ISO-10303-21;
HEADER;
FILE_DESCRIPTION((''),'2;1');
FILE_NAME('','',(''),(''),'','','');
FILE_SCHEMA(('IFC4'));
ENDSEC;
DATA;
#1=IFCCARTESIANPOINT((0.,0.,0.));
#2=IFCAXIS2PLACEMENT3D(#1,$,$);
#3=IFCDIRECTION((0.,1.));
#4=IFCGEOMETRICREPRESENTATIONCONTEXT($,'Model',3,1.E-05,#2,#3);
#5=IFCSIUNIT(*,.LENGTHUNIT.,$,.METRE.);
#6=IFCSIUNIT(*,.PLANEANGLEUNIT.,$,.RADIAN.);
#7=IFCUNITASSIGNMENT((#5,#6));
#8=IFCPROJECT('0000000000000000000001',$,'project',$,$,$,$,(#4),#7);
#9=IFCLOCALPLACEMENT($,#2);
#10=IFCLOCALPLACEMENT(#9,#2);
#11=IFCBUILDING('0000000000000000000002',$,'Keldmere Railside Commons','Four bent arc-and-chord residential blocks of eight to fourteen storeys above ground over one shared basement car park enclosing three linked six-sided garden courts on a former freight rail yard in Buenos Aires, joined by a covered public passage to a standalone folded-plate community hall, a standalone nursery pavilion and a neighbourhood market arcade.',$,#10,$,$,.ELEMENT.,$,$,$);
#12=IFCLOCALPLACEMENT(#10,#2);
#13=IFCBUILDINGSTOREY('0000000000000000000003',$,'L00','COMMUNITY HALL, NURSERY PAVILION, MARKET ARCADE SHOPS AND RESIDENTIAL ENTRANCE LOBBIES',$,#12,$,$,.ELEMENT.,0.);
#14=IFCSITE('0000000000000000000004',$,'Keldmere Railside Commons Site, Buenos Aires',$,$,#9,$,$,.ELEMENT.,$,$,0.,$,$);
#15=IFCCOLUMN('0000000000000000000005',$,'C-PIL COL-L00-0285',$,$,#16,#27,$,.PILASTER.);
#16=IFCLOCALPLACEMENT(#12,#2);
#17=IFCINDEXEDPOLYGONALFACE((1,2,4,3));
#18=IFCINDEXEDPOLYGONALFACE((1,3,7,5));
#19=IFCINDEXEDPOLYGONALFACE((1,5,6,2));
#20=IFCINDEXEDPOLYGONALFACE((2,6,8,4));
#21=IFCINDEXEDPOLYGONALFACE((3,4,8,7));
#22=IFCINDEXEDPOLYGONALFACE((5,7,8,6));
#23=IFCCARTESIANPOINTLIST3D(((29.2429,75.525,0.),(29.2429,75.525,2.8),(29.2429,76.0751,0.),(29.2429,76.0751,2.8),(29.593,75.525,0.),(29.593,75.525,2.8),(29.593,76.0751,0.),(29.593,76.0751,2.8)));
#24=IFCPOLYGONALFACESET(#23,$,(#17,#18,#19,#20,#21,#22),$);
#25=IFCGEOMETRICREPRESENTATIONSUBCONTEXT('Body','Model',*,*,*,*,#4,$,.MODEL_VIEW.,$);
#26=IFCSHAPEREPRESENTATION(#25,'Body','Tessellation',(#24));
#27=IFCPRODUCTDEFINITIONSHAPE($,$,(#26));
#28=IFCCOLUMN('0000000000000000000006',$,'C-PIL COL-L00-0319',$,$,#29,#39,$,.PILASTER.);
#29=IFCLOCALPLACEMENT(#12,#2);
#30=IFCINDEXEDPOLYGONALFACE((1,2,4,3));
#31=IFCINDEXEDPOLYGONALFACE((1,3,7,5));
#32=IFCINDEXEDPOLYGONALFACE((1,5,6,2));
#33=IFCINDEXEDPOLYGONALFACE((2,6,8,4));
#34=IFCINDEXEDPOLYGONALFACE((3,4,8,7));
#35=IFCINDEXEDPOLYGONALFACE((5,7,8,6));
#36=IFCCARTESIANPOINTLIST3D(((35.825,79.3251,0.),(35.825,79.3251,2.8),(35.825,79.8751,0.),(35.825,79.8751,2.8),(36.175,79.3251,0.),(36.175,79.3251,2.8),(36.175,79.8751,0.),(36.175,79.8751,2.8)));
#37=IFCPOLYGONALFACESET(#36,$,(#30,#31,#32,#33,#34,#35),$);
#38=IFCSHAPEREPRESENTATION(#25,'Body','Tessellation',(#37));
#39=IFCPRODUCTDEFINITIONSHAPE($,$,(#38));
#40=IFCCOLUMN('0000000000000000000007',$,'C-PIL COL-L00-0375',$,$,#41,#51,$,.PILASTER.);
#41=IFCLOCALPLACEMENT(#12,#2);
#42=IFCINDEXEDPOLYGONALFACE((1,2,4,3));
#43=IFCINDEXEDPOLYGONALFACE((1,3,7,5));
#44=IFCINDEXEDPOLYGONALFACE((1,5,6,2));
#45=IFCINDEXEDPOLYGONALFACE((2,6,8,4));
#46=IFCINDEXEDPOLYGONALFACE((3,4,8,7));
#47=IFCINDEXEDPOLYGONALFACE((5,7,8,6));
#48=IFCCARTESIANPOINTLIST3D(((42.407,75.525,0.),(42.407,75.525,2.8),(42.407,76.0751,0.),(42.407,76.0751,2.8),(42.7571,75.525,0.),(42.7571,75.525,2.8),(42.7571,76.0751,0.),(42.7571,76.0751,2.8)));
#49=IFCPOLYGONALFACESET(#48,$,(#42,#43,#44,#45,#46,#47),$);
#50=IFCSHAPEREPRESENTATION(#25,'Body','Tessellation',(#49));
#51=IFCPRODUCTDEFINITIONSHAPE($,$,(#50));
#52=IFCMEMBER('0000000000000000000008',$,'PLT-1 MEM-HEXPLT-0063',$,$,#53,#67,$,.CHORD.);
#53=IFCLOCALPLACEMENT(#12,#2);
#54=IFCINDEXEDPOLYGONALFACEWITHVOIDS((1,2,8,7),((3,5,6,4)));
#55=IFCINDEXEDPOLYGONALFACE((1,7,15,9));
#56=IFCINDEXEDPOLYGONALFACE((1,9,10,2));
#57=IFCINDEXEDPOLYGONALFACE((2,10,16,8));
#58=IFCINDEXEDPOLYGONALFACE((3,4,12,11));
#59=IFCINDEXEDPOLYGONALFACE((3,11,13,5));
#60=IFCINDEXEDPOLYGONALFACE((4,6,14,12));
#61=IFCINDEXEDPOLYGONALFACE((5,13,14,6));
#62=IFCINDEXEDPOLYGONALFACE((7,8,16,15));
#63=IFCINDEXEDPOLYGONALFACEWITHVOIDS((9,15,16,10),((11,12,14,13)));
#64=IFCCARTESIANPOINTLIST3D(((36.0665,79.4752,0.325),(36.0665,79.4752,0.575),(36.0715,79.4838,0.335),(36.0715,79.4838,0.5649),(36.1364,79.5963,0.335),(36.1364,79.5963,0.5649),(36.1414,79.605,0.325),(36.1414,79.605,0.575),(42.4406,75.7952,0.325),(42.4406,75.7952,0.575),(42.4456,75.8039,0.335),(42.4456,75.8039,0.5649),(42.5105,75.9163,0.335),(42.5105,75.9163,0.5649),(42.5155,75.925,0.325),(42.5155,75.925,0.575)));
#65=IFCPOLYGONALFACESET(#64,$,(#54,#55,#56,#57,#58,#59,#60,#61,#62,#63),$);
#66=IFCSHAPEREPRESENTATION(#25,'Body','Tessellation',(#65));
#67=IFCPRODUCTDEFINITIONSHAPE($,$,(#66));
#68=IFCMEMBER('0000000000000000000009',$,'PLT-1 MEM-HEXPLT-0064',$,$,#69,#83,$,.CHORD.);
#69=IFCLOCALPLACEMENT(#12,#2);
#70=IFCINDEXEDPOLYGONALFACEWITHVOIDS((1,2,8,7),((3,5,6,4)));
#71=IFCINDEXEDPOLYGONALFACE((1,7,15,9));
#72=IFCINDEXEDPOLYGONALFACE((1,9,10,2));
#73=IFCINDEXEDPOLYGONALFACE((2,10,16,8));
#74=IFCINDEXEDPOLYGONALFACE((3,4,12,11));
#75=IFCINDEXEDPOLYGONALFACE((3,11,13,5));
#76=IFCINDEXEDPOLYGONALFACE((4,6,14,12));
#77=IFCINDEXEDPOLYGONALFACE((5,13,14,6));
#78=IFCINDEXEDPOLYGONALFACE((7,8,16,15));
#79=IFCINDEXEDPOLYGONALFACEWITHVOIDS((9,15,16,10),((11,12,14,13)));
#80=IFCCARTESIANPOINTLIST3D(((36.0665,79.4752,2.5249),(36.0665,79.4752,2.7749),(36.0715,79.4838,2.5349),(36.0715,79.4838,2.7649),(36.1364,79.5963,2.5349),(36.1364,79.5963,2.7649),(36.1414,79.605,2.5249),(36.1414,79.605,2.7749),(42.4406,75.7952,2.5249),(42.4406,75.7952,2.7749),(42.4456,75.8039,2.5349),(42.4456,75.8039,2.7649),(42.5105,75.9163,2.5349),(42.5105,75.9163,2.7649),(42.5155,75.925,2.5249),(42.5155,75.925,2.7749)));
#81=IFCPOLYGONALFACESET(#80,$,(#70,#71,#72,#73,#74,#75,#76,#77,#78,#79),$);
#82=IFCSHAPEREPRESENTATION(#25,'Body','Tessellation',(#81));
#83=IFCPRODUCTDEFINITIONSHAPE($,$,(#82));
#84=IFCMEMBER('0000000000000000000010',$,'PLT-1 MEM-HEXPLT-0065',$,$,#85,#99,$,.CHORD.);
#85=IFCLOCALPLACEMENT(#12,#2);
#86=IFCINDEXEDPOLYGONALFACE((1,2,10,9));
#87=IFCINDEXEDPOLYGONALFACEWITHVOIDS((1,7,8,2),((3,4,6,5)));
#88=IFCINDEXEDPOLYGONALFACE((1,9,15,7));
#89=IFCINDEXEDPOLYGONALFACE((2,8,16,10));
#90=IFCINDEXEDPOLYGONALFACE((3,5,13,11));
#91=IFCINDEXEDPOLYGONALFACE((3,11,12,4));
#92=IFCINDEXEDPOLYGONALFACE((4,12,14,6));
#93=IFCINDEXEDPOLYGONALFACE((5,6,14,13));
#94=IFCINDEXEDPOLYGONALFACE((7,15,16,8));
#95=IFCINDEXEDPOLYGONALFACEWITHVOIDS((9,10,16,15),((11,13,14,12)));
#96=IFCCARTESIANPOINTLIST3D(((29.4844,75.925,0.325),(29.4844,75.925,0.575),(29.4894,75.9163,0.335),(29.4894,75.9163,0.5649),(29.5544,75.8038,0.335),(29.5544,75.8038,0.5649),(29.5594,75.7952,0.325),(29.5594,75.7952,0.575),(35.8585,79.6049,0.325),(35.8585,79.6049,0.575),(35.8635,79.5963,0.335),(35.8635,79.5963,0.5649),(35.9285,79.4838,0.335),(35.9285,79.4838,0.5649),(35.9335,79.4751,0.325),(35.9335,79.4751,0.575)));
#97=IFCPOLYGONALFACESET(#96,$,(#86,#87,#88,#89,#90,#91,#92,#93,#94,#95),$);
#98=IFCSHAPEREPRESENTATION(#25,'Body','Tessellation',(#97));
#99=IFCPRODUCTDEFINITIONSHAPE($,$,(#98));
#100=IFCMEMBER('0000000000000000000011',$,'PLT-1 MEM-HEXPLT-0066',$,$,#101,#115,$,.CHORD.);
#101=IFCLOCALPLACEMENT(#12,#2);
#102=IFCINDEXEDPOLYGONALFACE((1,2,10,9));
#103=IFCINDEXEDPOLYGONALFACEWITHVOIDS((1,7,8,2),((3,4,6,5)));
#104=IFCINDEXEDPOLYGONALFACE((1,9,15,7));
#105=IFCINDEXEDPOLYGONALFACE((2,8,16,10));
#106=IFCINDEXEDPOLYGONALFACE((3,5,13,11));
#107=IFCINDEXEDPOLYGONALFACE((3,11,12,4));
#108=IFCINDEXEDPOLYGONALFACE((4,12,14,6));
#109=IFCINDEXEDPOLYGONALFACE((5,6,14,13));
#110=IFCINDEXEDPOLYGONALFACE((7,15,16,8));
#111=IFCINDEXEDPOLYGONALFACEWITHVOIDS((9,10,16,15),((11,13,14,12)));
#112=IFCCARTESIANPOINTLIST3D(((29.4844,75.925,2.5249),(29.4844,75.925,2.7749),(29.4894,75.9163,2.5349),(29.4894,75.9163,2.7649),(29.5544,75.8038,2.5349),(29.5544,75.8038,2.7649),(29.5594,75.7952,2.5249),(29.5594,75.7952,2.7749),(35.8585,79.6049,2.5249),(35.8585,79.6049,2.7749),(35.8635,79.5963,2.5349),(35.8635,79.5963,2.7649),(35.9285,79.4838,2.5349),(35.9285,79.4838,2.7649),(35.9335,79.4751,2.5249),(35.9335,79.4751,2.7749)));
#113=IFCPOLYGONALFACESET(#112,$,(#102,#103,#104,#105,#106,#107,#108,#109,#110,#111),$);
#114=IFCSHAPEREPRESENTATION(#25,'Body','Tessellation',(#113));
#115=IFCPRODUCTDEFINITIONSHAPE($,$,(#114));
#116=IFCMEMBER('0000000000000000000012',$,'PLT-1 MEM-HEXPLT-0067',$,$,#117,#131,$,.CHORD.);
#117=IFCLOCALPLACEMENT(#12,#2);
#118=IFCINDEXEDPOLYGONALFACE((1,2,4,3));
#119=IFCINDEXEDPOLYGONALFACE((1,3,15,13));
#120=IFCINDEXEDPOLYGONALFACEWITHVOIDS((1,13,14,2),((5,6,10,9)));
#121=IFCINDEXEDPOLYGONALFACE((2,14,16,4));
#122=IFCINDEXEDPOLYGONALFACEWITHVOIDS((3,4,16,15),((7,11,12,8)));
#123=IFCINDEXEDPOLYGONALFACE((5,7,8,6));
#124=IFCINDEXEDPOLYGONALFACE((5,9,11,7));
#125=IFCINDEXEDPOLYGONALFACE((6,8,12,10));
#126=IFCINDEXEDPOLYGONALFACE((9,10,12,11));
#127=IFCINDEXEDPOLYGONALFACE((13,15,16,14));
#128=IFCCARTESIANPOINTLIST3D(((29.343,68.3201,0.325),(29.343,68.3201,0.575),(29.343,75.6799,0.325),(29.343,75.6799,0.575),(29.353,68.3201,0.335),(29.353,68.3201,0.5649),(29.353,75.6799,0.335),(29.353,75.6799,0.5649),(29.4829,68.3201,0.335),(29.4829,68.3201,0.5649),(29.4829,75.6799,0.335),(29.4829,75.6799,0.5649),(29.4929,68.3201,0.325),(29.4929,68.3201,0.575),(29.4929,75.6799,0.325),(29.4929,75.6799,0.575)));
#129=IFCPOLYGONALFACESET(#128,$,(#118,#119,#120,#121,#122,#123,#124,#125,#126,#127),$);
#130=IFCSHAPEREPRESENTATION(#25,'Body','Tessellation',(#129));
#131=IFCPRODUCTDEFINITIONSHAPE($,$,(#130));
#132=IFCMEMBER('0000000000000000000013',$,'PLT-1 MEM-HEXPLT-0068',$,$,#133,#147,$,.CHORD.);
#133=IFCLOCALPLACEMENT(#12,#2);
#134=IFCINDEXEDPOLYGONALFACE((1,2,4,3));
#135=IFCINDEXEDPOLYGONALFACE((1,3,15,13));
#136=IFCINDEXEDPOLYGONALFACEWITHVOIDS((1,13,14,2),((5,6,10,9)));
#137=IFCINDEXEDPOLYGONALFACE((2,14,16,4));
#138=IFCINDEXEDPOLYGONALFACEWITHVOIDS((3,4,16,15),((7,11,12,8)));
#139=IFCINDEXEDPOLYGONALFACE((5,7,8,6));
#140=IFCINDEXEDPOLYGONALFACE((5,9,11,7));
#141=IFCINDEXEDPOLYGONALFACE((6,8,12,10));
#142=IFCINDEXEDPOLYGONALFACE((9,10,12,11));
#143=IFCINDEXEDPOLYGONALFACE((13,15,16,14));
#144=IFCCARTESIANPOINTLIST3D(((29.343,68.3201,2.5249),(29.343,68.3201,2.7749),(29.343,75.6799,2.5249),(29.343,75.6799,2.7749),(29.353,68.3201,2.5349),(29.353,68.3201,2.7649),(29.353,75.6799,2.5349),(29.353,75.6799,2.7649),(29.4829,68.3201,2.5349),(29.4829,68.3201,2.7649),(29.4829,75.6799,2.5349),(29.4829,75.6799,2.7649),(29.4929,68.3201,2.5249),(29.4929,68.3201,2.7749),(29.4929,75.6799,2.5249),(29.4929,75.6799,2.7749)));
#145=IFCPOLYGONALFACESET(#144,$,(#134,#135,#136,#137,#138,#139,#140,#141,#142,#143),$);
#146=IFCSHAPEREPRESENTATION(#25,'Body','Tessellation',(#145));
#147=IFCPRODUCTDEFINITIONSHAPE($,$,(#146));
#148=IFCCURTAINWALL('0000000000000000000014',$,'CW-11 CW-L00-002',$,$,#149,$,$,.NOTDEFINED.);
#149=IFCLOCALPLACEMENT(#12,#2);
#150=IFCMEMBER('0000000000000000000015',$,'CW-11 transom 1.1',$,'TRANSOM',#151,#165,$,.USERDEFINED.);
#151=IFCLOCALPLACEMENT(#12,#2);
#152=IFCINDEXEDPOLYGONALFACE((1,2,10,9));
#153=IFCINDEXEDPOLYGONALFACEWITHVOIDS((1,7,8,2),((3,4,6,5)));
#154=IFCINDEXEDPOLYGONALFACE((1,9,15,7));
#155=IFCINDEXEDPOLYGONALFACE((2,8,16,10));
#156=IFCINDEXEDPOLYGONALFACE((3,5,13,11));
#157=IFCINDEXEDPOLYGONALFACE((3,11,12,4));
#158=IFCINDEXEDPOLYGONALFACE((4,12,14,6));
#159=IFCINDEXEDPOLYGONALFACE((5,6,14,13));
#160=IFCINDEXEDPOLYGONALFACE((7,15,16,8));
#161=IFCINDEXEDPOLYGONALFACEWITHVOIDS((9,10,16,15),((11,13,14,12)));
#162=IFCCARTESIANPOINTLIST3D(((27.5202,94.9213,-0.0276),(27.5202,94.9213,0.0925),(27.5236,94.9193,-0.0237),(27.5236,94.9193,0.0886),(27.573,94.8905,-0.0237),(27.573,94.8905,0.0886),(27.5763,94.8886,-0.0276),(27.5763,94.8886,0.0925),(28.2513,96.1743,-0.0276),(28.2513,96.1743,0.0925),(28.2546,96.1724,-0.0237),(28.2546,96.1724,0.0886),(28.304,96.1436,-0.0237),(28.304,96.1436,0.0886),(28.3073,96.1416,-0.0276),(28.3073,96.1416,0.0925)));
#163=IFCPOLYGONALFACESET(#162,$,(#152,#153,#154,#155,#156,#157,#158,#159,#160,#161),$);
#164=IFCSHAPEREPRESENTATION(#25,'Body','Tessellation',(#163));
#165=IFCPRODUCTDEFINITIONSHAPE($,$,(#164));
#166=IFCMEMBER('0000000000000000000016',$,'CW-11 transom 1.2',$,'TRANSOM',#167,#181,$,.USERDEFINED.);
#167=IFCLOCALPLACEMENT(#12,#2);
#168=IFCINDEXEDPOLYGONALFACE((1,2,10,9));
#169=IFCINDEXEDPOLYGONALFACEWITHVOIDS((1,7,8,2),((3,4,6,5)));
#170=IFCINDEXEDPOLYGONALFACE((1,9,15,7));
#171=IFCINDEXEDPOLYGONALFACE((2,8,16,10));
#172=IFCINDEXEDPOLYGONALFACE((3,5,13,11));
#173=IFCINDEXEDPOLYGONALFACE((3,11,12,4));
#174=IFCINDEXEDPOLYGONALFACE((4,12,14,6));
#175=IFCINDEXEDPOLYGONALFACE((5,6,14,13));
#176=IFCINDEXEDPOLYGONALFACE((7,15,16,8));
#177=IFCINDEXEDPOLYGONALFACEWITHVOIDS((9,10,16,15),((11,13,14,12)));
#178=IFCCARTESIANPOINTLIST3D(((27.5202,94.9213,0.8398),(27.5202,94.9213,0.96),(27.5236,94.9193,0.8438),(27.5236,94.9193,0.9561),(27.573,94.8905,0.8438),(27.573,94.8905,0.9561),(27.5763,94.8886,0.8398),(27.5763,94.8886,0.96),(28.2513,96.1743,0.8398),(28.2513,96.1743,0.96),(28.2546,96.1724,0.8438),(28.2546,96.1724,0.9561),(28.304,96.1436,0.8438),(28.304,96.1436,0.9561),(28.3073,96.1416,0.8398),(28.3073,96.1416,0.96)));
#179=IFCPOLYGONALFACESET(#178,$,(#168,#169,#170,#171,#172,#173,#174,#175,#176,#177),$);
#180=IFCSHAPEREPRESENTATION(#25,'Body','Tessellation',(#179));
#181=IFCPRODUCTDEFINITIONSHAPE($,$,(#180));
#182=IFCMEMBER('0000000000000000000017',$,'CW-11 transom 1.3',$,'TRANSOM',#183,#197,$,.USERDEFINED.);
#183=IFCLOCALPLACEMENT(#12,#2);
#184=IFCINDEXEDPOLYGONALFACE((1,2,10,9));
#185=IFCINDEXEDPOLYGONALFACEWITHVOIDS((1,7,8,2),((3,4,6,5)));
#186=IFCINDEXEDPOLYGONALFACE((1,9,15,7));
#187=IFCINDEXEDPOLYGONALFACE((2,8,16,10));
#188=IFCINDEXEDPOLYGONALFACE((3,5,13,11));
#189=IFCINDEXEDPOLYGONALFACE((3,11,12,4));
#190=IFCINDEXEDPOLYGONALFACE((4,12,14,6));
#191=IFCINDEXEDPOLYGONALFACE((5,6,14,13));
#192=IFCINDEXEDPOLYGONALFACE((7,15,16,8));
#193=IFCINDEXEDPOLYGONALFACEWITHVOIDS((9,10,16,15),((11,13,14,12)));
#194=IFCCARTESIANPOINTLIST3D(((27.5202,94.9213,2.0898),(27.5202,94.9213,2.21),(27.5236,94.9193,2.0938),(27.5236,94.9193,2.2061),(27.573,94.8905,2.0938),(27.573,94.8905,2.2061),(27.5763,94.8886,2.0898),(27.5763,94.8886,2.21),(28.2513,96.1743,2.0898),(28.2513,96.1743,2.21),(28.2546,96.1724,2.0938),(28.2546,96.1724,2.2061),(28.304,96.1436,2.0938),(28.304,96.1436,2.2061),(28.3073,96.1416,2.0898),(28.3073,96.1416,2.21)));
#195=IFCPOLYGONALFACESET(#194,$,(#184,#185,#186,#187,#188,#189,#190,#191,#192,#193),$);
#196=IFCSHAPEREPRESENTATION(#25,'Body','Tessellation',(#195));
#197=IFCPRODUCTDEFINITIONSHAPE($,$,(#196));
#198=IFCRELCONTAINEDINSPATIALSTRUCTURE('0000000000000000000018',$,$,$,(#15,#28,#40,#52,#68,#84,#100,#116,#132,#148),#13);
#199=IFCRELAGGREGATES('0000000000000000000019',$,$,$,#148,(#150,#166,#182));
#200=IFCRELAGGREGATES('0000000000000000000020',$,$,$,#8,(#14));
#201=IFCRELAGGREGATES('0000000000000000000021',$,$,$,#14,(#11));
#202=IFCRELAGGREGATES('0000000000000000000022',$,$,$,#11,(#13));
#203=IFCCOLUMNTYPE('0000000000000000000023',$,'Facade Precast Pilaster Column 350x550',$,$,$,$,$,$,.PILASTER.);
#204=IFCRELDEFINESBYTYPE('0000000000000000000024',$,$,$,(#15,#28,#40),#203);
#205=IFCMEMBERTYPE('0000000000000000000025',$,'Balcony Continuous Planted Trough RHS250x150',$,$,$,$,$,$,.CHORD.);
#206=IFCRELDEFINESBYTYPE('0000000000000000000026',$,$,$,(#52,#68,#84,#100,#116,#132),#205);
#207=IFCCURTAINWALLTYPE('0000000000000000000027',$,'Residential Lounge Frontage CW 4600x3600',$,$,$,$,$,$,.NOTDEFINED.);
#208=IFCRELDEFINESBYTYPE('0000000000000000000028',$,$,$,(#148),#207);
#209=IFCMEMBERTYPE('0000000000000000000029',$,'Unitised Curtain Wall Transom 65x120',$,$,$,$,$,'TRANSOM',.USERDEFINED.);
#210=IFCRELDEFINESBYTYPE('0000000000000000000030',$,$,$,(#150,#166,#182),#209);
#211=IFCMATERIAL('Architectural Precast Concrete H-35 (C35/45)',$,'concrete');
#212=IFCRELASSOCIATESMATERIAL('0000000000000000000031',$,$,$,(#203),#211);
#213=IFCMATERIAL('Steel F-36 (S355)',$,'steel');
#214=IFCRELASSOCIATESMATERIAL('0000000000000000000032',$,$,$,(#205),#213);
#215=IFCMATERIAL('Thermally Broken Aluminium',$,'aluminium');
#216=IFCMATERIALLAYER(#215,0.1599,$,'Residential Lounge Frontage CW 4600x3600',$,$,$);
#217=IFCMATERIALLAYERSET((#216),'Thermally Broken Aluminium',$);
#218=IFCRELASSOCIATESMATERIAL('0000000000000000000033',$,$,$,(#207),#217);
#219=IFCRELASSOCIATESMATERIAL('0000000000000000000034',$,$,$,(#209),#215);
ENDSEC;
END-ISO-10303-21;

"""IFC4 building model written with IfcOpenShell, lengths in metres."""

from ifc_helpers import new_model, si_unit, direction, frame, origin, origin_2d, place, context, subcontext, project, spatial, rectangle, hollow_rectangle, extrude, material, layer, layer_set, material_profile, profile_set, type_object, element, aggregate, save


model = new_model("IFC4")

# Units and contexts
model_context = context("Model", 3, precision=1e-05, world=origin(), true_north=direction((0.0, 1.0)))
body_context = subcontext(model_context, "Body", "Model", "MODEL_VIEW")
ifc_project = project(units=[si_unit("LENGTHUNIT", "METRE"), si_unit("PLANEANGLEUNIT", "RADIAN")], contexts=[model_context])

# Site, building, storey
site_placement = place(None, origin())
site = spatial("IfcSite", under=ifc_project, at=site_placement, Name="Keldmere Railside Commons Site, Buenos Aires", CompositionType="ELEMENT", RefElevation=0.0)
building_placement = place(site_placement, origin())
building = spatial("IfcBuilding", under=site, at=building_placement, Name="Keldmere Railside Commons", Description="Four bent arc-and-chord residential blocks of eight to fourteen storeys above ground over one shared basement car park enclosing three linked six-sided garden courts on a former freight rail yard in Buenos Aires, joined by a covered public passage to a standalone folded-plate community hall, a standalone nursery pavilion and a neighbourhood market arcade.", CompositionType="ELEMENT")
storey_placement = place(building_placement, origin())
storey = spatial("IfcBuildingStorey", under=building, at=storey_placement, Name="L00", Description="COMMUNITY HALL, NURSERY PAVILION, MARKET ARCADE SHOPS AND RESIDENTIAL ENTRANCE LOBBIES", CompositionType="ELEMENT", Elevation=0.0)

# Columns
ifc_material_1 = material(Name="Architectural Precast Concrete H-35 (C35/45)", Category="concrete")
ifc_material_profile_1 = material_profile(ifc_material_1, rectangle(XDim=0.3501, YDim=0.55, at=origin_2d()), Name="RC-350x550")
ifc_profile_set_1 = profile_set([ifc_material_profile_1], Name="Architectural Precast Concrete H-35 (C35/45)")
column_type = type_object("IfcColumnType", Name="Facade Precast Pilaster Column 350x550", PredefinedType="PILASTER", material=ifc_profile_set_1)
for number, where, z_axis, x_axis, name in (
    (1, (29.418, 75.8, 0.0), (0.0, 0.0, 1.0), (1.0, 0.0, 0.0), "C-PIL COL-L00-0285"),
    (2, (36.0, 79.6001, 0.0), (0.0, 0.0, 1.0), (1.0, 0.0, 0.0), "C-PIL COL-L00-0319"),
    (3, (42.582, 75.8, 0.0), (0.0, 0.0, 1.0), (1.0, 0.0, 0.0), "C-PIL COL-L00-0375"),
):
    element("IfcColumn", number, at=place(storey_placement, frame(where, z_axis=z_axis, x_axis=x_axis)), inside=storey, type_object=column_type, Name=name, PredefinedType="PILASTER", context=body_context, shape_type="SweptSolid", body=[
        extrude(rectangle(XDim=0.3501, YDim=0.55, at=origin_2d()), origin(), (0.0, 0.0, 1.0), 2.8),
    ])

# Members
ifc_material_2 = material(Name="Steel F-36 (S355)", Category="steel")
ifc_material_profile_2 = material_profile(ifc_material_2, hollow_rectangle(XDim=0.1499, YDim=0.25, WallThickness=0.01, at=origin_2d()), Name="RHS-250x150x10")
ifc_profile_set_2 = profile_set([ifc_material_profile_2], Name="Steel F-36 (S355)")
member_type_1 = type_object("IfcMemberType", Name="Balcony Continuous Planted Trough RHS250x150", PredefinedType="CHORD", material=ifc_profile_set_2)
for number, where, z_axis, x_axis, name in (
    (4, (42.478, 75.8601, 0.45), (-0.866032, 0.499989, 0.0), (-0.499989, -0.866032, 0.0), "PLT-1 MEM-HEXPLT-0063"),
    (5, (42.478, 75.8601, 2.6499), (-0.866032, 0.499989, 0.0), (-0.499989, -0.866032, 0.0), "PLT-1 MEM-HEXPLT-0064"),
    (6, (35.896, 79.54, 0.45), (-0.866032, -0.499989, 0.0), (0.499989, -0.866032, 0.0), "PLT-1 MEM-HEXPLT-0065"),
    (7, (35.896, 79.54, 2.6499), (-0.866032, -0.499989, 0.0), (0.499989, -0.866032, 0.0), "PLT-1 MEM-HEXPLT-0066"),
):
    element("IfcMember", number, at=place(storey_placement, frame(where, z_axis=z_axis, x_axis=x_axis)), inside=storey, type_object=member_type_1, Name=name, PredefinedType="CHORD", context=body_context, shape_type="SweptSolid", body=[
        extrude(hollow_rectangle(XDim=0.1499, YDim=0.25, WallThickness=0.01, at=origin_2d()), origin(), (0.0, 0.0, 1.0), 7.3601),
    ])
for number, where, z_axis, x_axis, name in (
    (8, (29.418, 75.6799, 0.45), (0.0, -1.0, 0.0), (1.0, 0.0, 0.0), "PLT-1 MEM-HEXPLT-0067"),
    (9, (29.418, 75.6799, 2.6499), (0.0, -1.0, 0.0), (1.0, 0.0, 0.0), "PLT-1 MEM-HEXPLT-0068"),
):
    element("IfcMember", number, at=place(storey_placement, frame(where, z_axis=z_axis, x_axis=x_axis)), inside=storey, type_object=member_type_1, Name=name, PredefinedType="CHORD", context=body_context, shape_type="SweptSolid", body=[
        extrude(hollow_rectangle(XDim=0.1499, YDim=0.25, WallThickness=0.01, at=origin_2d()), origin(), (0.0, 0.0, 1.0), 7.3599),
    ])

# Curtain wall, members
ifc_material_3 = material(Name="Thermally Broken Aluminium", Category="aluminium")
ifc_layer_1 = layer(ifc_material_3, 0.1599, Name="Residential Lounge Frontage CW 4600x3600")
ifc_layer_set_1 = layer_set([ifc_layer_1], Name="Thermally Broken Aluminium")
curtain_wall_type = type_object("IfcCurtainWallType", Name="Residential Lounge Frontage CW 4600x3600", PredefinedType="NOTDEFINED", material=ifc_layer_set_1)
curtain_wall_placement = place(storey_placement, origin())
curtain_wall = element("IfcCurtainWall", 10, at=curtain_wall_placement, inside=storey, type_object=curtain_wall_type, Name="CW-11 CW-L00-002", PredefinedType="NOTDEFINED")
ifc_material_profile_3 = material_profile(ifc_material_3, hollow_rectangle(XDim=0.0649, YDim=0.1201, WallThickness=0.0039, at=origin_2d()), Name="ALU-TRAN-65x120")
ifc_profile_set_3 = profile_set([ifc_material_profile_3], Name="Thermally Broken Aluminium")
member_type_2 = type_object("IfcMemberType", Name="Unitised Curtain Wall Transom 65x120", ElementType="TRANSOM", PredefinedType="USERDEFINED", material=ifc_profile_set_3)
member_1_placement = place(storey_placement, frame((28.2793, 96.158, 0.0325), z_axis=(-0.503913, -0.863754, 0.0), x_axis=(0.863754, -0.503913, 0.0)))
member_1 = element("IfcMember", 11, at=member_1_placement, type_object=member_type_2, Name="CW-11 transom 1.1", ObjectType="TRANSOM", PredefinedType="USERDEFINED", context=body_context, shape_type="SweptSolid", body=[
    extrude(hollow_rectangle(XDim=0.0649, YDim=0.1201, WallThickness=0.0039, at=origin_2d()), origin(), (0.0, 0.0, 1.0), 1.4507),
])
member_2_placement = place(storey_placement, frame((28.2793, 96.158, 0.8999), z_axis=(-0.503913, -0.863754, 0.0), x_axis=(0.863754, -0.503913, 0.0)))
member_2 = element("IfcMember", 12, at=member_2_placement, type_object=member_type_2, Name="CW-11 transom 1.2", ObjectType="TRANSOM", PredefinedType="USERDEFINED", context=body_context, shape_type="SweptSolid", body=[
    extrude(hollow_rectangle(XDim=0.0649, YDim=0.1201, WallThickness=0.0039, at=origin_2d()), origin(), (0.0, 0.0, 1.0), 1.4507),
])
member_3_placement = place(storey_placement, frame((28.2793, 96.158, 2.1499), z_axis=(-0.503913, -0.863754, 0.0), x_axis=(0.863754, -0.503913, 0.0)))
member_3 = element("IfcMember", 13, at=member_3_placement, type_object=member_type_2, Name="CW-11 transom 1.3", ObjectType="TRANSOM", PredefinedType="USERDEFINED", context=body_context, shape_type="SweptSolid", body=[
    extrude(hollow_rectangle(XDim=0.0649, YDim=0.1201, WallThickness=0.0039, at=origin_2d()), origin(), (0.0, 0.0, 1.0), 1.4507),
])
aggregate(curtain_wall, [member_1, member_2, member_3])

save(model, "model.ifc")
